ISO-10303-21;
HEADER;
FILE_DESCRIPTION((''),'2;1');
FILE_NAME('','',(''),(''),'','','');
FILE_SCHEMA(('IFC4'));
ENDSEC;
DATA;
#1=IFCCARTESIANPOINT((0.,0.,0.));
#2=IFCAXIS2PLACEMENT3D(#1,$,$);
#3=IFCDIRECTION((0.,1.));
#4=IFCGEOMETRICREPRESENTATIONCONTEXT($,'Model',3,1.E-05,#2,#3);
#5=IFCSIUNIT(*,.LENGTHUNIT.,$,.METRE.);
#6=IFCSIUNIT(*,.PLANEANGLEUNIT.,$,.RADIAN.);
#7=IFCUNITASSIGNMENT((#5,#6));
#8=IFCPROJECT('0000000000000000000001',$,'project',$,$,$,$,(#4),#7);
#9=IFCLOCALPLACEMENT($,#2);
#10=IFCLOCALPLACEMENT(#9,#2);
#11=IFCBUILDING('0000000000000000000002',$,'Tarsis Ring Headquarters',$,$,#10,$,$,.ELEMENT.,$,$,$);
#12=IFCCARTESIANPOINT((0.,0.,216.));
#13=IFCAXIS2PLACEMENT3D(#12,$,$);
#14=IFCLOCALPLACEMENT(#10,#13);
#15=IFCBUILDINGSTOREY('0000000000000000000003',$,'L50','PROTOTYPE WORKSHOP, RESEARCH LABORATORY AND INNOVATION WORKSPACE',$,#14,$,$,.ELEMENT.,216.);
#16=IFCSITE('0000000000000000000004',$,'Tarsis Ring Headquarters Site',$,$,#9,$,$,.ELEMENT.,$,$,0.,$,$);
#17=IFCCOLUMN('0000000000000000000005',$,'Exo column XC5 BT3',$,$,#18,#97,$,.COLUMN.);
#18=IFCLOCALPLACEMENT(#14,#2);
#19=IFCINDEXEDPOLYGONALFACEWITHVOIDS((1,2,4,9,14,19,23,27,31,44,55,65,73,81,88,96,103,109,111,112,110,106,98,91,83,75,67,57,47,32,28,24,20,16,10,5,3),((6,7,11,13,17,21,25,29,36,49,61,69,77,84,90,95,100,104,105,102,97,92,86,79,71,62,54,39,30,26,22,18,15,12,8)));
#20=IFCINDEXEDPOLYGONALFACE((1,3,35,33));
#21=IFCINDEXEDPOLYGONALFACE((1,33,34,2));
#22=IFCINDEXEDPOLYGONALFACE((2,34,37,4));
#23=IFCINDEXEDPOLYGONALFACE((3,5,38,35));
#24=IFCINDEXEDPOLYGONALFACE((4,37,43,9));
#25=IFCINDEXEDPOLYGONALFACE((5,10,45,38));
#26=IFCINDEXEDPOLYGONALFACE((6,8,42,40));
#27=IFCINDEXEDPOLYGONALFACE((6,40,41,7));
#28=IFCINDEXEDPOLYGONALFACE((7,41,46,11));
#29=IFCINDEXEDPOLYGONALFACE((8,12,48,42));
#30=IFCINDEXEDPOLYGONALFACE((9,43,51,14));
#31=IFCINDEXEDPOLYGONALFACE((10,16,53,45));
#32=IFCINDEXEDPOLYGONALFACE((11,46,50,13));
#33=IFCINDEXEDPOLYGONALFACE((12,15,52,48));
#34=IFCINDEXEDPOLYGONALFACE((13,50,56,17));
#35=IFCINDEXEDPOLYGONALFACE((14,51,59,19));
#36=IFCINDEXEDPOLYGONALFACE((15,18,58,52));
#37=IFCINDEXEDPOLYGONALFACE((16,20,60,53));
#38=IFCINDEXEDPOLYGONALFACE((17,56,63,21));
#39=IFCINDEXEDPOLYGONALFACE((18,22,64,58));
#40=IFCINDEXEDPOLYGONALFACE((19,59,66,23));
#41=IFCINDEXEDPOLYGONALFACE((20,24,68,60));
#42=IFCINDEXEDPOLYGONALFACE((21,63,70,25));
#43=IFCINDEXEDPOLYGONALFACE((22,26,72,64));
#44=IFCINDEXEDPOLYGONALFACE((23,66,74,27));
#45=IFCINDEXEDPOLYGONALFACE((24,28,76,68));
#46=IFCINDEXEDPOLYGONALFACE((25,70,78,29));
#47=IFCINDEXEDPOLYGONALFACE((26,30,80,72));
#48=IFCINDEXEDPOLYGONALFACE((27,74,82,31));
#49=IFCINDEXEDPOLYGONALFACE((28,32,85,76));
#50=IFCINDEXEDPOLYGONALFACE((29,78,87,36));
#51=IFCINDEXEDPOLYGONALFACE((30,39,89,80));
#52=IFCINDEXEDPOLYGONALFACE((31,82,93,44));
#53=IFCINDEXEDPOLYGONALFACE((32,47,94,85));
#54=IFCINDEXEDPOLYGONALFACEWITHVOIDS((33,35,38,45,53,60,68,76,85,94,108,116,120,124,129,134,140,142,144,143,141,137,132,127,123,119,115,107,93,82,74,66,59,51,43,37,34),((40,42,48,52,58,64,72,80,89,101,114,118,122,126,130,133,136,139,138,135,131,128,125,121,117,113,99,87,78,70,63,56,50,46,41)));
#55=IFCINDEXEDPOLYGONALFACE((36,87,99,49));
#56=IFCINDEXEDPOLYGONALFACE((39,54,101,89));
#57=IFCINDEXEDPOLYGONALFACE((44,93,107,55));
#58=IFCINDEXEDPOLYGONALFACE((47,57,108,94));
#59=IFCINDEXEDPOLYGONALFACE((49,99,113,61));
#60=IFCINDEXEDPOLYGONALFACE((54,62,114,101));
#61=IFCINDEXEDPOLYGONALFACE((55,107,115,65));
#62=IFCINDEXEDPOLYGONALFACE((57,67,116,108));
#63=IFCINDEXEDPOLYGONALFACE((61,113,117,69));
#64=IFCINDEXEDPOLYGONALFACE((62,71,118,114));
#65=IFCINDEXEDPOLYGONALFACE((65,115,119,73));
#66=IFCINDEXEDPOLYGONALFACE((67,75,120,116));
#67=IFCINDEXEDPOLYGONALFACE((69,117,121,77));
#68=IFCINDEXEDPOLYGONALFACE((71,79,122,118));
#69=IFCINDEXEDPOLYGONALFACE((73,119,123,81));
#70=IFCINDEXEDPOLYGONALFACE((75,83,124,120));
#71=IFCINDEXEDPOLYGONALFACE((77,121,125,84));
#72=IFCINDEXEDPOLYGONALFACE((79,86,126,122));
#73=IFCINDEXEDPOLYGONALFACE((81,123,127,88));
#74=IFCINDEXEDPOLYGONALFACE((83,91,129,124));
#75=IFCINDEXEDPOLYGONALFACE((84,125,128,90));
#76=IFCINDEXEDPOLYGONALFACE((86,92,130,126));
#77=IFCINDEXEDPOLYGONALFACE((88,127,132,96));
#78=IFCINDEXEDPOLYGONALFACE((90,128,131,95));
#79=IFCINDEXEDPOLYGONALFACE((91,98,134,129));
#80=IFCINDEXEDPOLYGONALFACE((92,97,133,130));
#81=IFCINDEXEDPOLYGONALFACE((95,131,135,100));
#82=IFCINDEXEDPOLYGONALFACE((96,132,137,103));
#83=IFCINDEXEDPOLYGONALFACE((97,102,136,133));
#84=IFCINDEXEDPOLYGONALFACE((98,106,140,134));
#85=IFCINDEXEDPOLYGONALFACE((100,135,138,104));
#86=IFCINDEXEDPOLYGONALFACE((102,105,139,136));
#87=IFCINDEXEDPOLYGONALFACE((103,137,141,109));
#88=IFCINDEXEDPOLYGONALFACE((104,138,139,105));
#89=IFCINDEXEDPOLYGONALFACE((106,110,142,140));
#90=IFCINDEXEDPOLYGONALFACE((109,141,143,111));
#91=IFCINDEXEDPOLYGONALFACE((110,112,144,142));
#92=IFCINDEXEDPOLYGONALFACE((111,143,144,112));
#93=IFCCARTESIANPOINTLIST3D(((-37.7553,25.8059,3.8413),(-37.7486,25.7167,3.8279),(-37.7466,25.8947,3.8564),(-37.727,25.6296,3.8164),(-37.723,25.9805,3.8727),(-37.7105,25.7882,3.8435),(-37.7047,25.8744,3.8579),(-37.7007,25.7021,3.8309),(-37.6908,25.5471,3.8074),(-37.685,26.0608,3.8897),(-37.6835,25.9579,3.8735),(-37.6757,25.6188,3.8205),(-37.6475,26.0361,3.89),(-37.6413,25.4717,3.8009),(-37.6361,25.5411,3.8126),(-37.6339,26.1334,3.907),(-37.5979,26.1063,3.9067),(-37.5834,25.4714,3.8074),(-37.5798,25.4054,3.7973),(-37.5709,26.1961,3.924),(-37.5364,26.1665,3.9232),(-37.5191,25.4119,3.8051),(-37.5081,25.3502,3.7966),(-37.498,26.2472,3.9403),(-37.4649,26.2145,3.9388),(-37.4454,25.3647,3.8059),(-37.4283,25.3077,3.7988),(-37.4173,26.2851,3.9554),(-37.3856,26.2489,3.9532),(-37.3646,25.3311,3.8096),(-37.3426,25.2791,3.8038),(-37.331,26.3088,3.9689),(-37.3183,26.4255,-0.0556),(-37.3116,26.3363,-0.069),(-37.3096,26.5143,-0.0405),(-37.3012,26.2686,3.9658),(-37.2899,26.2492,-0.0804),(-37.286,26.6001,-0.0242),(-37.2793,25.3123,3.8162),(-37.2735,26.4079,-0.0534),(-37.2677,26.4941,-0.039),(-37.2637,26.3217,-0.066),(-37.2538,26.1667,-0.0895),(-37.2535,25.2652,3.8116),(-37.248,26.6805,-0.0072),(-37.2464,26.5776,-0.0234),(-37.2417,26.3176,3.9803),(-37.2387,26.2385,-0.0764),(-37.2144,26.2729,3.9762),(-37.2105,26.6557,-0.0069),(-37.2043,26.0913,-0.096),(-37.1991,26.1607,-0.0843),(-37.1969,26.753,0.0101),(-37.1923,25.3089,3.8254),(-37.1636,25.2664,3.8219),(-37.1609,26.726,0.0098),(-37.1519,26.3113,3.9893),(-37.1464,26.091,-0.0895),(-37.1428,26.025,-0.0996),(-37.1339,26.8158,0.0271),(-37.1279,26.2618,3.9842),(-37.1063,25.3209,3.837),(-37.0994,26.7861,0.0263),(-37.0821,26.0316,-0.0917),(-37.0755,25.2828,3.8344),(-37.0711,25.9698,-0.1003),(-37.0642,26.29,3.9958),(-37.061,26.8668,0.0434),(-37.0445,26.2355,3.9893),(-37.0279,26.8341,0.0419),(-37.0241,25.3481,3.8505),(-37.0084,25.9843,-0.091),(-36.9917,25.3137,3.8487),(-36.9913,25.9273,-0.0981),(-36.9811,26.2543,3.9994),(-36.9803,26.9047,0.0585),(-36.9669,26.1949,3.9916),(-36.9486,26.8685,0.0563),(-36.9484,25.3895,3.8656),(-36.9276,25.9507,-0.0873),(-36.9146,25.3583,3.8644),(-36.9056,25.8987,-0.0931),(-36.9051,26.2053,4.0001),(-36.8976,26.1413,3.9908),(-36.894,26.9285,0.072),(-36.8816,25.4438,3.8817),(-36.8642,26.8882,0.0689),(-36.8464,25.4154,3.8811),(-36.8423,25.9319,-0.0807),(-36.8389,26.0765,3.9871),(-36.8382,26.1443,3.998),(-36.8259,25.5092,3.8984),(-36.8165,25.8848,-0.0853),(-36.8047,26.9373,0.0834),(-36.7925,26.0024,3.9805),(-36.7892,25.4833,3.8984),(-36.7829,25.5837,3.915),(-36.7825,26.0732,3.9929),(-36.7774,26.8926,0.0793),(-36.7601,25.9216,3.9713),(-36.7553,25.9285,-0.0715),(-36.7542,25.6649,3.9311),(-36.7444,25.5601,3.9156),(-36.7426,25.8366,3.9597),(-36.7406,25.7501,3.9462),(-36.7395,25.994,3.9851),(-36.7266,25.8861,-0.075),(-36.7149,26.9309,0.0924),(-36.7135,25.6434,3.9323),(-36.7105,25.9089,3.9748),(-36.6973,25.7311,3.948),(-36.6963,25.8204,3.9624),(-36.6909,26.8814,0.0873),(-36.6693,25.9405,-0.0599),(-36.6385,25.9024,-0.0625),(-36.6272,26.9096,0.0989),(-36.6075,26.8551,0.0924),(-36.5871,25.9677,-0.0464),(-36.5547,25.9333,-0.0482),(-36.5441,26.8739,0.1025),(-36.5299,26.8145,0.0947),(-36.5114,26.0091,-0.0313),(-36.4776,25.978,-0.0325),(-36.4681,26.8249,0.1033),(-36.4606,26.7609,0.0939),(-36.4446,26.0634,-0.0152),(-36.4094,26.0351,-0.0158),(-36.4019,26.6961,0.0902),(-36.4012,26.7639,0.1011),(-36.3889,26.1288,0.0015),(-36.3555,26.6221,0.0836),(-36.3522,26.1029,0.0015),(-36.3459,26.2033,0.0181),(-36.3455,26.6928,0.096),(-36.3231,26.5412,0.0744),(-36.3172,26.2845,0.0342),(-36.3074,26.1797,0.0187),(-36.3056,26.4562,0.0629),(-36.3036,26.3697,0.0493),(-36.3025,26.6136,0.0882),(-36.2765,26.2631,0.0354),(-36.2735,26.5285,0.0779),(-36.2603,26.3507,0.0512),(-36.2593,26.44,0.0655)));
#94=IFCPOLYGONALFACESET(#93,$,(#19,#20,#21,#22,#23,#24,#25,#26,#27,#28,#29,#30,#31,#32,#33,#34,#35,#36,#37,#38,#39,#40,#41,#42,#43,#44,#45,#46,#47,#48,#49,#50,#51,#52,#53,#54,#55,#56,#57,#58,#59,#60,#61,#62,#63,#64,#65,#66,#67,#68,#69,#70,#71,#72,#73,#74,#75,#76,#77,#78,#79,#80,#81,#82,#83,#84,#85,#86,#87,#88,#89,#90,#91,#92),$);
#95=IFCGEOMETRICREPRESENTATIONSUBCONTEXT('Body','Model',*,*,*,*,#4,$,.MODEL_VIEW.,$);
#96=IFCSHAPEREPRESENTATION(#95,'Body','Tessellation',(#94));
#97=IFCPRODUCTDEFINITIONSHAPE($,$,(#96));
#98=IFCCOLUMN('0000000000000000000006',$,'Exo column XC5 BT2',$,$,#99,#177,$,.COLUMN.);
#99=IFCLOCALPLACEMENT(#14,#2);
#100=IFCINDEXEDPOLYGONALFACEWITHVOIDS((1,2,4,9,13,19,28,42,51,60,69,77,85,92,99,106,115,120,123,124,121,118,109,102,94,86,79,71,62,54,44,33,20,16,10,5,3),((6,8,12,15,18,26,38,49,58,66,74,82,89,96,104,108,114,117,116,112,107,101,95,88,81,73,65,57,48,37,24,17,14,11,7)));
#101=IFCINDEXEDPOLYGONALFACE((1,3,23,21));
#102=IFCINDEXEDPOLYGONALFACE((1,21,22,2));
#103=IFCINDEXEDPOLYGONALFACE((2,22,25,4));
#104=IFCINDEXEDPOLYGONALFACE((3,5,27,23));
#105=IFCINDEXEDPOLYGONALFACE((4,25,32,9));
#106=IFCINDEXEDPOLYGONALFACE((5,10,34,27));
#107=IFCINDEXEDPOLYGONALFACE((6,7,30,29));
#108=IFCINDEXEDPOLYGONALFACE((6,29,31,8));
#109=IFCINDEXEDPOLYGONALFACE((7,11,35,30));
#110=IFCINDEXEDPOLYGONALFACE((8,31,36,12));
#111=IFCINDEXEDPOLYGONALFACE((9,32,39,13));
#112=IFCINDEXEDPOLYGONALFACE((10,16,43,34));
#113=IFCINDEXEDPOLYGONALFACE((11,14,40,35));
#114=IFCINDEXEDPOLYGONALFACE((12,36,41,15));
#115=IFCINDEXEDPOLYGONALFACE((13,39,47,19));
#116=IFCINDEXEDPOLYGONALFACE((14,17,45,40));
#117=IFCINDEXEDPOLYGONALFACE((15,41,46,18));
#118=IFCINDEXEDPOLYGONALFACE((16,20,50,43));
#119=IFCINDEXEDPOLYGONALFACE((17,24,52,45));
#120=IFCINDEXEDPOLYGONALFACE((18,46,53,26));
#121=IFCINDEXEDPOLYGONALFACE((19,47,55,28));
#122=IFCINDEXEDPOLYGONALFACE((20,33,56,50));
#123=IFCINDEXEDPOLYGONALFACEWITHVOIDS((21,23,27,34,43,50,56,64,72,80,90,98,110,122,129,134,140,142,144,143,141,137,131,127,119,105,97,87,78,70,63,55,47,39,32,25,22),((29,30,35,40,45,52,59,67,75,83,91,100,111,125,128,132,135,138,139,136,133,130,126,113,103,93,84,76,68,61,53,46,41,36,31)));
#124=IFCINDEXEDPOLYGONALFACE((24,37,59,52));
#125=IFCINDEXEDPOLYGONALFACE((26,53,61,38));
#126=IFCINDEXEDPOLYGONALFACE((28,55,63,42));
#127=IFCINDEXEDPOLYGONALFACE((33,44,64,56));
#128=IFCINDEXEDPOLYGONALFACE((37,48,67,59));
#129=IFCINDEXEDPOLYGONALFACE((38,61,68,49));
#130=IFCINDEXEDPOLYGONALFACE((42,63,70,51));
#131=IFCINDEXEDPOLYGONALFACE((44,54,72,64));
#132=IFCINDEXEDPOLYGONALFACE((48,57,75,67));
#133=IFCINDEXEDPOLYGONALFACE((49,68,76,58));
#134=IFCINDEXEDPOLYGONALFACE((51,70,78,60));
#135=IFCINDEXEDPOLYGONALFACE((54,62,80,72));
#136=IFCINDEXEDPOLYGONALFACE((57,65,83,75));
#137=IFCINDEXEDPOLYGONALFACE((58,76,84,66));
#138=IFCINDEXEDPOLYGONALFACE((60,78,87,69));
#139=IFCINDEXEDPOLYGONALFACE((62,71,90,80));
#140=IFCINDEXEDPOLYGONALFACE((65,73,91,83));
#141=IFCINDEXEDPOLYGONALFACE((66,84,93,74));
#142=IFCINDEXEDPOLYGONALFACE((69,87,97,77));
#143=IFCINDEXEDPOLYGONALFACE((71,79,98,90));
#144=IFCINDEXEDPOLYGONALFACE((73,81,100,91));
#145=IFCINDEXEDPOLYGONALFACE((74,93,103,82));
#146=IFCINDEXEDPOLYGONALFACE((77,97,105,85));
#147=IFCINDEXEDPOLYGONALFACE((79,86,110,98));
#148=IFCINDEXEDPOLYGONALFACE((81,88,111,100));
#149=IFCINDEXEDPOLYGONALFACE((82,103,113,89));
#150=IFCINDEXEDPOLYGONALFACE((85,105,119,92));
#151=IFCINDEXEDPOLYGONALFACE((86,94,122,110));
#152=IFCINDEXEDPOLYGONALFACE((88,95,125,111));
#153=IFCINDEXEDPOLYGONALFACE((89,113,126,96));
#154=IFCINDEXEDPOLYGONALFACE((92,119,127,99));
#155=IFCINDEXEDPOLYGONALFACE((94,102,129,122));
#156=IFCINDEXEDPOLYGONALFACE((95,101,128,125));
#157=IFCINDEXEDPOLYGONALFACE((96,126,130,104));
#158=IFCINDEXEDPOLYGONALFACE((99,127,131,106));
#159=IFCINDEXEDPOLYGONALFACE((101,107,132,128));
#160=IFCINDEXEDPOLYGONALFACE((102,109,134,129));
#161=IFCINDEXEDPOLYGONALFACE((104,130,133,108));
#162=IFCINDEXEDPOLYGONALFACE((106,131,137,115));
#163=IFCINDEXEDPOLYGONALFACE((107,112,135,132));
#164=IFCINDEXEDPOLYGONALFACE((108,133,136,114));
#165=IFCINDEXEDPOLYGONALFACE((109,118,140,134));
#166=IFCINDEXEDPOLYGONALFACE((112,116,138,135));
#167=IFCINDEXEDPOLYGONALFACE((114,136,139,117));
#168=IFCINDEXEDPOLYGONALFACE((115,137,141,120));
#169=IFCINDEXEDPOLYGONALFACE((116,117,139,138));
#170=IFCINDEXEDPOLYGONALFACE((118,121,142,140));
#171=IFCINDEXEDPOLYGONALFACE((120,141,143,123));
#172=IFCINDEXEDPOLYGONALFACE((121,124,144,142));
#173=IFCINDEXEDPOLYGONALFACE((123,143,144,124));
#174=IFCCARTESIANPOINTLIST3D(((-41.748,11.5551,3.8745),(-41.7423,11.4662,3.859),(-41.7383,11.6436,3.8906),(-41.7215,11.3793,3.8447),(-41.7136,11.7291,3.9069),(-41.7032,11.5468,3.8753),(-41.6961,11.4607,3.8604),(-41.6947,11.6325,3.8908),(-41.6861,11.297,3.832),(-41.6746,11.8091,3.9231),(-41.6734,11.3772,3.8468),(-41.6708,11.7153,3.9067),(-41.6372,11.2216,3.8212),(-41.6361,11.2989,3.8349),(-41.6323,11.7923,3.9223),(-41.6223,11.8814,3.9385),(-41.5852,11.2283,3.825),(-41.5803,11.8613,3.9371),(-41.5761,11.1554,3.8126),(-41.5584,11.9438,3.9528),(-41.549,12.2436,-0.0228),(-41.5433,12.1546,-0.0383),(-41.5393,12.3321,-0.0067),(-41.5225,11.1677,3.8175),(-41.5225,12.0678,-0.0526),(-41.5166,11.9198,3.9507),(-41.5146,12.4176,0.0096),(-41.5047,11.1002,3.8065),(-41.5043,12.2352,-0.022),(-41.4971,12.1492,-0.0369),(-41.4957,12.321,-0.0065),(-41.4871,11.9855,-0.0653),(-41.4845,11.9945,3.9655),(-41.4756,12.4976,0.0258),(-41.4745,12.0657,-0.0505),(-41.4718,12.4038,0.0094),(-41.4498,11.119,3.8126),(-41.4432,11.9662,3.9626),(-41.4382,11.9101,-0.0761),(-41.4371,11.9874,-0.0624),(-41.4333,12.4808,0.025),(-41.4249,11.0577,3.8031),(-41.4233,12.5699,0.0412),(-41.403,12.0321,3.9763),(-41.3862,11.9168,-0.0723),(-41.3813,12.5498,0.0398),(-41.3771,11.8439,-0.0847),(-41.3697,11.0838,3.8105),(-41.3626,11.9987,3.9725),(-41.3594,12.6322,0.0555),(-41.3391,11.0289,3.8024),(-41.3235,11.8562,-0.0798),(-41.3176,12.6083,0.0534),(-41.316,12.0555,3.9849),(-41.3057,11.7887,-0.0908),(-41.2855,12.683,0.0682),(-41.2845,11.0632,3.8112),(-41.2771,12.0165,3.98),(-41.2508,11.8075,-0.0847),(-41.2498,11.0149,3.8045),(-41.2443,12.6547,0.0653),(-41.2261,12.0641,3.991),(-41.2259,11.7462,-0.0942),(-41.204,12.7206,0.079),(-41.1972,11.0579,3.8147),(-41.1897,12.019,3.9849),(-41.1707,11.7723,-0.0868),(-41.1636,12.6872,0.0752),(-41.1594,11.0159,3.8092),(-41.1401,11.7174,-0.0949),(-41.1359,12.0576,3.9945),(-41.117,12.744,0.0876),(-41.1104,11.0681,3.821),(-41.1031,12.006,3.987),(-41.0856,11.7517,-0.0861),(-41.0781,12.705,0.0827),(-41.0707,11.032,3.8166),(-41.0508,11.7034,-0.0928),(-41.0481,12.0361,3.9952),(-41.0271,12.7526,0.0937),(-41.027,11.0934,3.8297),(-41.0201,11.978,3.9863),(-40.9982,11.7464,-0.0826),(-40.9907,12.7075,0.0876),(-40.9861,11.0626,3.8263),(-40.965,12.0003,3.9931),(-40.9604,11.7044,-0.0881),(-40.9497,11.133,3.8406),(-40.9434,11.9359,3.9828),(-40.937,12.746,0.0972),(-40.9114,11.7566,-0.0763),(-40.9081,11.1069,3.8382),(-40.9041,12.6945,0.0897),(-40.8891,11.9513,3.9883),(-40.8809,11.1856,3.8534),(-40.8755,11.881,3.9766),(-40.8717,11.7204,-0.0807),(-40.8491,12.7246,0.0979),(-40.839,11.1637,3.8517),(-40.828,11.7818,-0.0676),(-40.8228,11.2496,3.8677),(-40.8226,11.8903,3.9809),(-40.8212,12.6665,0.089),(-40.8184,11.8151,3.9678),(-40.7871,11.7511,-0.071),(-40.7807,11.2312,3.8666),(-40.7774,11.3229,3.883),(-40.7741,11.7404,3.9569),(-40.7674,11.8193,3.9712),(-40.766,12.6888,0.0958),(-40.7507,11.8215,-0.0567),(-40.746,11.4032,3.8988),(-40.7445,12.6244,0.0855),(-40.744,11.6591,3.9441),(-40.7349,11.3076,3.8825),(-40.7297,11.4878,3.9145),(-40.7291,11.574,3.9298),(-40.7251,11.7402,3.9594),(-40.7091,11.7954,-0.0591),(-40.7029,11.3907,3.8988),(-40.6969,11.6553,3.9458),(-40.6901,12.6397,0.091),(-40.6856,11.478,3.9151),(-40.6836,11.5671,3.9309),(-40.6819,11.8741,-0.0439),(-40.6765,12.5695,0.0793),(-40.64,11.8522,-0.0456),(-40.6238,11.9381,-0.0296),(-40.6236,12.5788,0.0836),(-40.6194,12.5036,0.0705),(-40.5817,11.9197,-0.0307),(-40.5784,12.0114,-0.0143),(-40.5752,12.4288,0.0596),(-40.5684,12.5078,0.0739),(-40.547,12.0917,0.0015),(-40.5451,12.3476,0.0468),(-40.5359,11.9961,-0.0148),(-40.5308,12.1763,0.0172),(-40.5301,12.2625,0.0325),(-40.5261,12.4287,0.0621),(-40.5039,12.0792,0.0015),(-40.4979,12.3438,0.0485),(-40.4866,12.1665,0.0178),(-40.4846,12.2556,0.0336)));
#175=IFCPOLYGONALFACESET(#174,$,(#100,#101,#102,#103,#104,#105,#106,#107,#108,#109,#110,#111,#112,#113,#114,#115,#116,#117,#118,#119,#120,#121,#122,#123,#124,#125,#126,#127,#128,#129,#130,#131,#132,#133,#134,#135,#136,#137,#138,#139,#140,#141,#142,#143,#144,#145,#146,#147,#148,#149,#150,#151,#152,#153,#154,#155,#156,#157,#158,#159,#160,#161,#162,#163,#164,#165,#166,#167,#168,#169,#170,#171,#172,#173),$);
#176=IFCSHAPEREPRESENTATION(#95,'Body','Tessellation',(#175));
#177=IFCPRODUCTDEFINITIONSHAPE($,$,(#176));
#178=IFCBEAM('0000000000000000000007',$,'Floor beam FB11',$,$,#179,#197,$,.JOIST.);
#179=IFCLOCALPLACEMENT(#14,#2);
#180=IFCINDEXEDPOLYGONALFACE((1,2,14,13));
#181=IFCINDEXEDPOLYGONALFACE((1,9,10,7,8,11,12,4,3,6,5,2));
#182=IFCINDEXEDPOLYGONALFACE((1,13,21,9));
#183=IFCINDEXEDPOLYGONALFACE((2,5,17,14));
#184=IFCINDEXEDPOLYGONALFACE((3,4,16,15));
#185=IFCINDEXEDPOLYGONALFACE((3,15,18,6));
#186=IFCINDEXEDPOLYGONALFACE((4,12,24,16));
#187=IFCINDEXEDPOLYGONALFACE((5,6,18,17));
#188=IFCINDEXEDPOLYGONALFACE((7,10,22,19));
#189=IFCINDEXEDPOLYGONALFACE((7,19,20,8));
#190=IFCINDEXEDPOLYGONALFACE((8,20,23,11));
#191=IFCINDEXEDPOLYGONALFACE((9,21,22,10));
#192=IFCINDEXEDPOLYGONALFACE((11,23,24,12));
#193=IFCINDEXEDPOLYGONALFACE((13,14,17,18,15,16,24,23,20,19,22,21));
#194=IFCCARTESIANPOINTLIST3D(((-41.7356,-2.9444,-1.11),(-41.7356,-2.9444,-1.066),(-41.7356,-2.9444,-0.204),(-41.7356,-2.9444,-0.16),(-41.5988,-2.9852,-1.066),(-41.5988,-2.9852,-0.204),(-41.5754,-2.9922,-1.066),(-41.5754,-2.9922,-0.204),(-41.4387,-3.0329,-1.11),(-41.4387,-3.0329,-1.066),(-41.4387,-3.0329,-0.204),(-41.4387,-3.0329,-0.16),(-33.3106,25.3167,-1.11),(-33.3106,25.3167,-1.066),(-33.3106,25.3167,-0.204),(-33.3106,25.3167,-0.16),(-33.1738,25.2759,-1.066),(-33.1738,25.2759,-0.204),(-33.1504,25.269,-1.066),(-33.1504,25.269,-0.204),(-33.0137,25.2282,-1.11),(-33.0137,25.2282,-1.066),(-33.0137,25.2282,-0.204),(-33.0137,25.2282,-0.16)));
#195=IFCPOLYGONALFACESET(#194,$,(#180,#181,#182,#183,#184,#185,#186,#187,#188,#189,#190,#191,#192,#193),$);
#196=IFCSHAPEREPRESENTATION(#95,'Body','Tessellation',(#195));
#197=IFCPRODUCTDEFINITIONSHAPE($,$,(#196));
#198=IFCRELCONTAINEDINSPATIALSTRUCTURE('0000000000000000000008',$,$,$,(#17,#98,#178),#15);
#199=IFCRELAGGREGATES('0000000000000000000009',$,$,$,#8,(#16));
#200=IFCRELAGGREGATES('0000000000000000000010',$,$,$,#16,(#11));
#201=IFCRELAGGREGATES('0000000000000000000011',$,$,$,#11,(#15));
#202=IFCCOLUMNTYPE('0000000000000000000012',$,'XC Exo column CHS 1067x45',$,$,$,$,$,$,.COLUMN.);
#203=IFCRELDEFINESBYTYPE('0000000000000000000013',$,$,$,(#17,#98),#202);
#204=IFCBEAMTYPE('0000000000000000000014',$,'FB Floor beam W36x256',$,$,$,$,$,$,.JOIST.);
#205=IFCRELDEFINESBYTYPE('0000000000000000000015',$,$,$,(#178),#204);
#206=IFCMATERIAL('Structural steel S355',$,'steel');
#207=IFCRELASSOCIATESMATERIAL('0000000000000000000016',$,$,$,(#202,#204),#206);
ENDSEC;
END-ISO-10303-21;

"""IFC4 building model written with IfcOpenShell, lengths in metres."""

from ifc_helpers import new_model, si_unit, direction, frame, origin, origin_2d, place, context, subcontext, project, spatial, hollow_circle, i_section, extrude, material, material_profile, profile_set, type_object, element, save


model = new_model("IFC4")

# Units and contexts
model_context = context("Model", 3, precision=1e-05, world=origin(), true_north=direction((0.0, 1.0)))
body_context = subcontext(model_context, "Body", "Model", "MODEL_VIEW")
ifc_project = project(units=[si_unit("LENGTHUNIT", "METRE"), si_unit("PLANEANGLEUNIT", "RADIAN")], contexts=[model_context])

# Site, building, storey
site_placement = place(None, origin())
site = spatial("IfcSite", under=ifc_project, at=site_placement, Name="Tarsis Ring Headquarters Site", CompositionType="ELEMENT", RefElevation=0.0)
building_placement = place(site_placement, origin())
building = spatial("IfcBuilding", under=site, at=building_placement, Name="Tarsis Ring Headquarters", CompositionType="ELEMENT")
storey_placement = place(building_placement, frame((0.0, 0.0, 216.0)))
storey = spatial("IfcBuildingStorey", under=building, at=storey_placement, Name="L50", Description="PROTOTYPE WORKSHOP, RESEARCH LABORATORY AND INNOVATION WORKSPACE", CompositionType="ELEMENT", Elevation=216.0)

# Columns
ifc_material_1 = material(Name="Structural steel S355", Category="steel")
ifc_material_profile_1 = material_profile(ifc_material_1, hollow_circle(Radius=0.5334, WallThickness=0.0449, at=origin_2d()), Name="CHS 1067x45")
ifc_profile_set_1 = profile_set([ifc_material_profile_1], Name="Structural steel S355")
column_type = type_object("IfcColumnType", Name="XC Exo column CHS 1067x45", PredefinedType="COLUMN", material=ifc_profile_set_1)
column_1_placement = place(storey_placement, frame((-36.7881, 26.4104, 0.0015), z_axis=(-0.110077, -0.156076, 0.981592), x_axis=(0.8172, -0.576354, 0.0)))
element("IfcColumn", 1, at=column_1_placement, inside=storey, type_object=column_type, Name="Exo column XC5 BT3", PredefinedType="COLUMN", context=body_context, shape_type="SweptSolid", body=[
    extrude(hollow_circle(Radius=0.5334, WallThickness=0.0449, at=origin_2d()), origin(), (0.0, 0.0, 1.0), 3.97),
])
column_2_placement = place(storey_placement, frame((-41.0164, 12.2273, 0.0015), z_axis=(-0.050214, -0.173745, 0.98351), x_axis=(0.960684, -0.277644, 0.0)))
element("IfcColumn", 2, at=column_2_placement, inside=storey, type_object=column_type, Name="Exo column XC5 BT2", PredefinedType="COLUMN", context=body_context, shape_type="SweptSolid", body=[
    extrude(hollow_circle(Radius=0.5334, WallThickness=0.0449, at=origin_2d()), origin(), (0.0, 0.0, 1.0), 3.9626),
])

# Beam
ifc_material_profile_2 = material_profile(ifc_material_1, i_section(OverallWidth=0.3098, OverallDepth=0.95, WebThickness=0.0244, FlangeThickness=0.0439, at=origin_2d()), Name="W36x256")
ifc_profile_set_2 = profile_set([ifc_material_profile_2], Name="Structural steel S355")
beam_type_1 = type_object("IfcBeamType", Name="FB Floor beam W36x256", PredefinedType="JOIST", material=ifc_profile_set_2)
beam_1_placement = place(storey_placement, frame((-33.1621, 25.2725, -0.635), z_axis=(-0.285689, -0.958322, 0.0), x_axis=(0.958322, -0.285689, 0.0)))
element("IfcBeam", 3, at=beam_1_placement, inside=storey, type_object=beam_type_1, Name="Floor beam FB11", PredefinedType="JOIST", context=body_context, shape_type="SweptSolid", body=[
    extrude(i_section(OverallWidth=0.3098, OverallDepth=0.95, WebThickness=0.0244, FlangeThickness=0.0439, at=origin_2d()), origin(), (0.0, 0.0, 1.0), 29.4902),
])

save(model, "model.ifc")
